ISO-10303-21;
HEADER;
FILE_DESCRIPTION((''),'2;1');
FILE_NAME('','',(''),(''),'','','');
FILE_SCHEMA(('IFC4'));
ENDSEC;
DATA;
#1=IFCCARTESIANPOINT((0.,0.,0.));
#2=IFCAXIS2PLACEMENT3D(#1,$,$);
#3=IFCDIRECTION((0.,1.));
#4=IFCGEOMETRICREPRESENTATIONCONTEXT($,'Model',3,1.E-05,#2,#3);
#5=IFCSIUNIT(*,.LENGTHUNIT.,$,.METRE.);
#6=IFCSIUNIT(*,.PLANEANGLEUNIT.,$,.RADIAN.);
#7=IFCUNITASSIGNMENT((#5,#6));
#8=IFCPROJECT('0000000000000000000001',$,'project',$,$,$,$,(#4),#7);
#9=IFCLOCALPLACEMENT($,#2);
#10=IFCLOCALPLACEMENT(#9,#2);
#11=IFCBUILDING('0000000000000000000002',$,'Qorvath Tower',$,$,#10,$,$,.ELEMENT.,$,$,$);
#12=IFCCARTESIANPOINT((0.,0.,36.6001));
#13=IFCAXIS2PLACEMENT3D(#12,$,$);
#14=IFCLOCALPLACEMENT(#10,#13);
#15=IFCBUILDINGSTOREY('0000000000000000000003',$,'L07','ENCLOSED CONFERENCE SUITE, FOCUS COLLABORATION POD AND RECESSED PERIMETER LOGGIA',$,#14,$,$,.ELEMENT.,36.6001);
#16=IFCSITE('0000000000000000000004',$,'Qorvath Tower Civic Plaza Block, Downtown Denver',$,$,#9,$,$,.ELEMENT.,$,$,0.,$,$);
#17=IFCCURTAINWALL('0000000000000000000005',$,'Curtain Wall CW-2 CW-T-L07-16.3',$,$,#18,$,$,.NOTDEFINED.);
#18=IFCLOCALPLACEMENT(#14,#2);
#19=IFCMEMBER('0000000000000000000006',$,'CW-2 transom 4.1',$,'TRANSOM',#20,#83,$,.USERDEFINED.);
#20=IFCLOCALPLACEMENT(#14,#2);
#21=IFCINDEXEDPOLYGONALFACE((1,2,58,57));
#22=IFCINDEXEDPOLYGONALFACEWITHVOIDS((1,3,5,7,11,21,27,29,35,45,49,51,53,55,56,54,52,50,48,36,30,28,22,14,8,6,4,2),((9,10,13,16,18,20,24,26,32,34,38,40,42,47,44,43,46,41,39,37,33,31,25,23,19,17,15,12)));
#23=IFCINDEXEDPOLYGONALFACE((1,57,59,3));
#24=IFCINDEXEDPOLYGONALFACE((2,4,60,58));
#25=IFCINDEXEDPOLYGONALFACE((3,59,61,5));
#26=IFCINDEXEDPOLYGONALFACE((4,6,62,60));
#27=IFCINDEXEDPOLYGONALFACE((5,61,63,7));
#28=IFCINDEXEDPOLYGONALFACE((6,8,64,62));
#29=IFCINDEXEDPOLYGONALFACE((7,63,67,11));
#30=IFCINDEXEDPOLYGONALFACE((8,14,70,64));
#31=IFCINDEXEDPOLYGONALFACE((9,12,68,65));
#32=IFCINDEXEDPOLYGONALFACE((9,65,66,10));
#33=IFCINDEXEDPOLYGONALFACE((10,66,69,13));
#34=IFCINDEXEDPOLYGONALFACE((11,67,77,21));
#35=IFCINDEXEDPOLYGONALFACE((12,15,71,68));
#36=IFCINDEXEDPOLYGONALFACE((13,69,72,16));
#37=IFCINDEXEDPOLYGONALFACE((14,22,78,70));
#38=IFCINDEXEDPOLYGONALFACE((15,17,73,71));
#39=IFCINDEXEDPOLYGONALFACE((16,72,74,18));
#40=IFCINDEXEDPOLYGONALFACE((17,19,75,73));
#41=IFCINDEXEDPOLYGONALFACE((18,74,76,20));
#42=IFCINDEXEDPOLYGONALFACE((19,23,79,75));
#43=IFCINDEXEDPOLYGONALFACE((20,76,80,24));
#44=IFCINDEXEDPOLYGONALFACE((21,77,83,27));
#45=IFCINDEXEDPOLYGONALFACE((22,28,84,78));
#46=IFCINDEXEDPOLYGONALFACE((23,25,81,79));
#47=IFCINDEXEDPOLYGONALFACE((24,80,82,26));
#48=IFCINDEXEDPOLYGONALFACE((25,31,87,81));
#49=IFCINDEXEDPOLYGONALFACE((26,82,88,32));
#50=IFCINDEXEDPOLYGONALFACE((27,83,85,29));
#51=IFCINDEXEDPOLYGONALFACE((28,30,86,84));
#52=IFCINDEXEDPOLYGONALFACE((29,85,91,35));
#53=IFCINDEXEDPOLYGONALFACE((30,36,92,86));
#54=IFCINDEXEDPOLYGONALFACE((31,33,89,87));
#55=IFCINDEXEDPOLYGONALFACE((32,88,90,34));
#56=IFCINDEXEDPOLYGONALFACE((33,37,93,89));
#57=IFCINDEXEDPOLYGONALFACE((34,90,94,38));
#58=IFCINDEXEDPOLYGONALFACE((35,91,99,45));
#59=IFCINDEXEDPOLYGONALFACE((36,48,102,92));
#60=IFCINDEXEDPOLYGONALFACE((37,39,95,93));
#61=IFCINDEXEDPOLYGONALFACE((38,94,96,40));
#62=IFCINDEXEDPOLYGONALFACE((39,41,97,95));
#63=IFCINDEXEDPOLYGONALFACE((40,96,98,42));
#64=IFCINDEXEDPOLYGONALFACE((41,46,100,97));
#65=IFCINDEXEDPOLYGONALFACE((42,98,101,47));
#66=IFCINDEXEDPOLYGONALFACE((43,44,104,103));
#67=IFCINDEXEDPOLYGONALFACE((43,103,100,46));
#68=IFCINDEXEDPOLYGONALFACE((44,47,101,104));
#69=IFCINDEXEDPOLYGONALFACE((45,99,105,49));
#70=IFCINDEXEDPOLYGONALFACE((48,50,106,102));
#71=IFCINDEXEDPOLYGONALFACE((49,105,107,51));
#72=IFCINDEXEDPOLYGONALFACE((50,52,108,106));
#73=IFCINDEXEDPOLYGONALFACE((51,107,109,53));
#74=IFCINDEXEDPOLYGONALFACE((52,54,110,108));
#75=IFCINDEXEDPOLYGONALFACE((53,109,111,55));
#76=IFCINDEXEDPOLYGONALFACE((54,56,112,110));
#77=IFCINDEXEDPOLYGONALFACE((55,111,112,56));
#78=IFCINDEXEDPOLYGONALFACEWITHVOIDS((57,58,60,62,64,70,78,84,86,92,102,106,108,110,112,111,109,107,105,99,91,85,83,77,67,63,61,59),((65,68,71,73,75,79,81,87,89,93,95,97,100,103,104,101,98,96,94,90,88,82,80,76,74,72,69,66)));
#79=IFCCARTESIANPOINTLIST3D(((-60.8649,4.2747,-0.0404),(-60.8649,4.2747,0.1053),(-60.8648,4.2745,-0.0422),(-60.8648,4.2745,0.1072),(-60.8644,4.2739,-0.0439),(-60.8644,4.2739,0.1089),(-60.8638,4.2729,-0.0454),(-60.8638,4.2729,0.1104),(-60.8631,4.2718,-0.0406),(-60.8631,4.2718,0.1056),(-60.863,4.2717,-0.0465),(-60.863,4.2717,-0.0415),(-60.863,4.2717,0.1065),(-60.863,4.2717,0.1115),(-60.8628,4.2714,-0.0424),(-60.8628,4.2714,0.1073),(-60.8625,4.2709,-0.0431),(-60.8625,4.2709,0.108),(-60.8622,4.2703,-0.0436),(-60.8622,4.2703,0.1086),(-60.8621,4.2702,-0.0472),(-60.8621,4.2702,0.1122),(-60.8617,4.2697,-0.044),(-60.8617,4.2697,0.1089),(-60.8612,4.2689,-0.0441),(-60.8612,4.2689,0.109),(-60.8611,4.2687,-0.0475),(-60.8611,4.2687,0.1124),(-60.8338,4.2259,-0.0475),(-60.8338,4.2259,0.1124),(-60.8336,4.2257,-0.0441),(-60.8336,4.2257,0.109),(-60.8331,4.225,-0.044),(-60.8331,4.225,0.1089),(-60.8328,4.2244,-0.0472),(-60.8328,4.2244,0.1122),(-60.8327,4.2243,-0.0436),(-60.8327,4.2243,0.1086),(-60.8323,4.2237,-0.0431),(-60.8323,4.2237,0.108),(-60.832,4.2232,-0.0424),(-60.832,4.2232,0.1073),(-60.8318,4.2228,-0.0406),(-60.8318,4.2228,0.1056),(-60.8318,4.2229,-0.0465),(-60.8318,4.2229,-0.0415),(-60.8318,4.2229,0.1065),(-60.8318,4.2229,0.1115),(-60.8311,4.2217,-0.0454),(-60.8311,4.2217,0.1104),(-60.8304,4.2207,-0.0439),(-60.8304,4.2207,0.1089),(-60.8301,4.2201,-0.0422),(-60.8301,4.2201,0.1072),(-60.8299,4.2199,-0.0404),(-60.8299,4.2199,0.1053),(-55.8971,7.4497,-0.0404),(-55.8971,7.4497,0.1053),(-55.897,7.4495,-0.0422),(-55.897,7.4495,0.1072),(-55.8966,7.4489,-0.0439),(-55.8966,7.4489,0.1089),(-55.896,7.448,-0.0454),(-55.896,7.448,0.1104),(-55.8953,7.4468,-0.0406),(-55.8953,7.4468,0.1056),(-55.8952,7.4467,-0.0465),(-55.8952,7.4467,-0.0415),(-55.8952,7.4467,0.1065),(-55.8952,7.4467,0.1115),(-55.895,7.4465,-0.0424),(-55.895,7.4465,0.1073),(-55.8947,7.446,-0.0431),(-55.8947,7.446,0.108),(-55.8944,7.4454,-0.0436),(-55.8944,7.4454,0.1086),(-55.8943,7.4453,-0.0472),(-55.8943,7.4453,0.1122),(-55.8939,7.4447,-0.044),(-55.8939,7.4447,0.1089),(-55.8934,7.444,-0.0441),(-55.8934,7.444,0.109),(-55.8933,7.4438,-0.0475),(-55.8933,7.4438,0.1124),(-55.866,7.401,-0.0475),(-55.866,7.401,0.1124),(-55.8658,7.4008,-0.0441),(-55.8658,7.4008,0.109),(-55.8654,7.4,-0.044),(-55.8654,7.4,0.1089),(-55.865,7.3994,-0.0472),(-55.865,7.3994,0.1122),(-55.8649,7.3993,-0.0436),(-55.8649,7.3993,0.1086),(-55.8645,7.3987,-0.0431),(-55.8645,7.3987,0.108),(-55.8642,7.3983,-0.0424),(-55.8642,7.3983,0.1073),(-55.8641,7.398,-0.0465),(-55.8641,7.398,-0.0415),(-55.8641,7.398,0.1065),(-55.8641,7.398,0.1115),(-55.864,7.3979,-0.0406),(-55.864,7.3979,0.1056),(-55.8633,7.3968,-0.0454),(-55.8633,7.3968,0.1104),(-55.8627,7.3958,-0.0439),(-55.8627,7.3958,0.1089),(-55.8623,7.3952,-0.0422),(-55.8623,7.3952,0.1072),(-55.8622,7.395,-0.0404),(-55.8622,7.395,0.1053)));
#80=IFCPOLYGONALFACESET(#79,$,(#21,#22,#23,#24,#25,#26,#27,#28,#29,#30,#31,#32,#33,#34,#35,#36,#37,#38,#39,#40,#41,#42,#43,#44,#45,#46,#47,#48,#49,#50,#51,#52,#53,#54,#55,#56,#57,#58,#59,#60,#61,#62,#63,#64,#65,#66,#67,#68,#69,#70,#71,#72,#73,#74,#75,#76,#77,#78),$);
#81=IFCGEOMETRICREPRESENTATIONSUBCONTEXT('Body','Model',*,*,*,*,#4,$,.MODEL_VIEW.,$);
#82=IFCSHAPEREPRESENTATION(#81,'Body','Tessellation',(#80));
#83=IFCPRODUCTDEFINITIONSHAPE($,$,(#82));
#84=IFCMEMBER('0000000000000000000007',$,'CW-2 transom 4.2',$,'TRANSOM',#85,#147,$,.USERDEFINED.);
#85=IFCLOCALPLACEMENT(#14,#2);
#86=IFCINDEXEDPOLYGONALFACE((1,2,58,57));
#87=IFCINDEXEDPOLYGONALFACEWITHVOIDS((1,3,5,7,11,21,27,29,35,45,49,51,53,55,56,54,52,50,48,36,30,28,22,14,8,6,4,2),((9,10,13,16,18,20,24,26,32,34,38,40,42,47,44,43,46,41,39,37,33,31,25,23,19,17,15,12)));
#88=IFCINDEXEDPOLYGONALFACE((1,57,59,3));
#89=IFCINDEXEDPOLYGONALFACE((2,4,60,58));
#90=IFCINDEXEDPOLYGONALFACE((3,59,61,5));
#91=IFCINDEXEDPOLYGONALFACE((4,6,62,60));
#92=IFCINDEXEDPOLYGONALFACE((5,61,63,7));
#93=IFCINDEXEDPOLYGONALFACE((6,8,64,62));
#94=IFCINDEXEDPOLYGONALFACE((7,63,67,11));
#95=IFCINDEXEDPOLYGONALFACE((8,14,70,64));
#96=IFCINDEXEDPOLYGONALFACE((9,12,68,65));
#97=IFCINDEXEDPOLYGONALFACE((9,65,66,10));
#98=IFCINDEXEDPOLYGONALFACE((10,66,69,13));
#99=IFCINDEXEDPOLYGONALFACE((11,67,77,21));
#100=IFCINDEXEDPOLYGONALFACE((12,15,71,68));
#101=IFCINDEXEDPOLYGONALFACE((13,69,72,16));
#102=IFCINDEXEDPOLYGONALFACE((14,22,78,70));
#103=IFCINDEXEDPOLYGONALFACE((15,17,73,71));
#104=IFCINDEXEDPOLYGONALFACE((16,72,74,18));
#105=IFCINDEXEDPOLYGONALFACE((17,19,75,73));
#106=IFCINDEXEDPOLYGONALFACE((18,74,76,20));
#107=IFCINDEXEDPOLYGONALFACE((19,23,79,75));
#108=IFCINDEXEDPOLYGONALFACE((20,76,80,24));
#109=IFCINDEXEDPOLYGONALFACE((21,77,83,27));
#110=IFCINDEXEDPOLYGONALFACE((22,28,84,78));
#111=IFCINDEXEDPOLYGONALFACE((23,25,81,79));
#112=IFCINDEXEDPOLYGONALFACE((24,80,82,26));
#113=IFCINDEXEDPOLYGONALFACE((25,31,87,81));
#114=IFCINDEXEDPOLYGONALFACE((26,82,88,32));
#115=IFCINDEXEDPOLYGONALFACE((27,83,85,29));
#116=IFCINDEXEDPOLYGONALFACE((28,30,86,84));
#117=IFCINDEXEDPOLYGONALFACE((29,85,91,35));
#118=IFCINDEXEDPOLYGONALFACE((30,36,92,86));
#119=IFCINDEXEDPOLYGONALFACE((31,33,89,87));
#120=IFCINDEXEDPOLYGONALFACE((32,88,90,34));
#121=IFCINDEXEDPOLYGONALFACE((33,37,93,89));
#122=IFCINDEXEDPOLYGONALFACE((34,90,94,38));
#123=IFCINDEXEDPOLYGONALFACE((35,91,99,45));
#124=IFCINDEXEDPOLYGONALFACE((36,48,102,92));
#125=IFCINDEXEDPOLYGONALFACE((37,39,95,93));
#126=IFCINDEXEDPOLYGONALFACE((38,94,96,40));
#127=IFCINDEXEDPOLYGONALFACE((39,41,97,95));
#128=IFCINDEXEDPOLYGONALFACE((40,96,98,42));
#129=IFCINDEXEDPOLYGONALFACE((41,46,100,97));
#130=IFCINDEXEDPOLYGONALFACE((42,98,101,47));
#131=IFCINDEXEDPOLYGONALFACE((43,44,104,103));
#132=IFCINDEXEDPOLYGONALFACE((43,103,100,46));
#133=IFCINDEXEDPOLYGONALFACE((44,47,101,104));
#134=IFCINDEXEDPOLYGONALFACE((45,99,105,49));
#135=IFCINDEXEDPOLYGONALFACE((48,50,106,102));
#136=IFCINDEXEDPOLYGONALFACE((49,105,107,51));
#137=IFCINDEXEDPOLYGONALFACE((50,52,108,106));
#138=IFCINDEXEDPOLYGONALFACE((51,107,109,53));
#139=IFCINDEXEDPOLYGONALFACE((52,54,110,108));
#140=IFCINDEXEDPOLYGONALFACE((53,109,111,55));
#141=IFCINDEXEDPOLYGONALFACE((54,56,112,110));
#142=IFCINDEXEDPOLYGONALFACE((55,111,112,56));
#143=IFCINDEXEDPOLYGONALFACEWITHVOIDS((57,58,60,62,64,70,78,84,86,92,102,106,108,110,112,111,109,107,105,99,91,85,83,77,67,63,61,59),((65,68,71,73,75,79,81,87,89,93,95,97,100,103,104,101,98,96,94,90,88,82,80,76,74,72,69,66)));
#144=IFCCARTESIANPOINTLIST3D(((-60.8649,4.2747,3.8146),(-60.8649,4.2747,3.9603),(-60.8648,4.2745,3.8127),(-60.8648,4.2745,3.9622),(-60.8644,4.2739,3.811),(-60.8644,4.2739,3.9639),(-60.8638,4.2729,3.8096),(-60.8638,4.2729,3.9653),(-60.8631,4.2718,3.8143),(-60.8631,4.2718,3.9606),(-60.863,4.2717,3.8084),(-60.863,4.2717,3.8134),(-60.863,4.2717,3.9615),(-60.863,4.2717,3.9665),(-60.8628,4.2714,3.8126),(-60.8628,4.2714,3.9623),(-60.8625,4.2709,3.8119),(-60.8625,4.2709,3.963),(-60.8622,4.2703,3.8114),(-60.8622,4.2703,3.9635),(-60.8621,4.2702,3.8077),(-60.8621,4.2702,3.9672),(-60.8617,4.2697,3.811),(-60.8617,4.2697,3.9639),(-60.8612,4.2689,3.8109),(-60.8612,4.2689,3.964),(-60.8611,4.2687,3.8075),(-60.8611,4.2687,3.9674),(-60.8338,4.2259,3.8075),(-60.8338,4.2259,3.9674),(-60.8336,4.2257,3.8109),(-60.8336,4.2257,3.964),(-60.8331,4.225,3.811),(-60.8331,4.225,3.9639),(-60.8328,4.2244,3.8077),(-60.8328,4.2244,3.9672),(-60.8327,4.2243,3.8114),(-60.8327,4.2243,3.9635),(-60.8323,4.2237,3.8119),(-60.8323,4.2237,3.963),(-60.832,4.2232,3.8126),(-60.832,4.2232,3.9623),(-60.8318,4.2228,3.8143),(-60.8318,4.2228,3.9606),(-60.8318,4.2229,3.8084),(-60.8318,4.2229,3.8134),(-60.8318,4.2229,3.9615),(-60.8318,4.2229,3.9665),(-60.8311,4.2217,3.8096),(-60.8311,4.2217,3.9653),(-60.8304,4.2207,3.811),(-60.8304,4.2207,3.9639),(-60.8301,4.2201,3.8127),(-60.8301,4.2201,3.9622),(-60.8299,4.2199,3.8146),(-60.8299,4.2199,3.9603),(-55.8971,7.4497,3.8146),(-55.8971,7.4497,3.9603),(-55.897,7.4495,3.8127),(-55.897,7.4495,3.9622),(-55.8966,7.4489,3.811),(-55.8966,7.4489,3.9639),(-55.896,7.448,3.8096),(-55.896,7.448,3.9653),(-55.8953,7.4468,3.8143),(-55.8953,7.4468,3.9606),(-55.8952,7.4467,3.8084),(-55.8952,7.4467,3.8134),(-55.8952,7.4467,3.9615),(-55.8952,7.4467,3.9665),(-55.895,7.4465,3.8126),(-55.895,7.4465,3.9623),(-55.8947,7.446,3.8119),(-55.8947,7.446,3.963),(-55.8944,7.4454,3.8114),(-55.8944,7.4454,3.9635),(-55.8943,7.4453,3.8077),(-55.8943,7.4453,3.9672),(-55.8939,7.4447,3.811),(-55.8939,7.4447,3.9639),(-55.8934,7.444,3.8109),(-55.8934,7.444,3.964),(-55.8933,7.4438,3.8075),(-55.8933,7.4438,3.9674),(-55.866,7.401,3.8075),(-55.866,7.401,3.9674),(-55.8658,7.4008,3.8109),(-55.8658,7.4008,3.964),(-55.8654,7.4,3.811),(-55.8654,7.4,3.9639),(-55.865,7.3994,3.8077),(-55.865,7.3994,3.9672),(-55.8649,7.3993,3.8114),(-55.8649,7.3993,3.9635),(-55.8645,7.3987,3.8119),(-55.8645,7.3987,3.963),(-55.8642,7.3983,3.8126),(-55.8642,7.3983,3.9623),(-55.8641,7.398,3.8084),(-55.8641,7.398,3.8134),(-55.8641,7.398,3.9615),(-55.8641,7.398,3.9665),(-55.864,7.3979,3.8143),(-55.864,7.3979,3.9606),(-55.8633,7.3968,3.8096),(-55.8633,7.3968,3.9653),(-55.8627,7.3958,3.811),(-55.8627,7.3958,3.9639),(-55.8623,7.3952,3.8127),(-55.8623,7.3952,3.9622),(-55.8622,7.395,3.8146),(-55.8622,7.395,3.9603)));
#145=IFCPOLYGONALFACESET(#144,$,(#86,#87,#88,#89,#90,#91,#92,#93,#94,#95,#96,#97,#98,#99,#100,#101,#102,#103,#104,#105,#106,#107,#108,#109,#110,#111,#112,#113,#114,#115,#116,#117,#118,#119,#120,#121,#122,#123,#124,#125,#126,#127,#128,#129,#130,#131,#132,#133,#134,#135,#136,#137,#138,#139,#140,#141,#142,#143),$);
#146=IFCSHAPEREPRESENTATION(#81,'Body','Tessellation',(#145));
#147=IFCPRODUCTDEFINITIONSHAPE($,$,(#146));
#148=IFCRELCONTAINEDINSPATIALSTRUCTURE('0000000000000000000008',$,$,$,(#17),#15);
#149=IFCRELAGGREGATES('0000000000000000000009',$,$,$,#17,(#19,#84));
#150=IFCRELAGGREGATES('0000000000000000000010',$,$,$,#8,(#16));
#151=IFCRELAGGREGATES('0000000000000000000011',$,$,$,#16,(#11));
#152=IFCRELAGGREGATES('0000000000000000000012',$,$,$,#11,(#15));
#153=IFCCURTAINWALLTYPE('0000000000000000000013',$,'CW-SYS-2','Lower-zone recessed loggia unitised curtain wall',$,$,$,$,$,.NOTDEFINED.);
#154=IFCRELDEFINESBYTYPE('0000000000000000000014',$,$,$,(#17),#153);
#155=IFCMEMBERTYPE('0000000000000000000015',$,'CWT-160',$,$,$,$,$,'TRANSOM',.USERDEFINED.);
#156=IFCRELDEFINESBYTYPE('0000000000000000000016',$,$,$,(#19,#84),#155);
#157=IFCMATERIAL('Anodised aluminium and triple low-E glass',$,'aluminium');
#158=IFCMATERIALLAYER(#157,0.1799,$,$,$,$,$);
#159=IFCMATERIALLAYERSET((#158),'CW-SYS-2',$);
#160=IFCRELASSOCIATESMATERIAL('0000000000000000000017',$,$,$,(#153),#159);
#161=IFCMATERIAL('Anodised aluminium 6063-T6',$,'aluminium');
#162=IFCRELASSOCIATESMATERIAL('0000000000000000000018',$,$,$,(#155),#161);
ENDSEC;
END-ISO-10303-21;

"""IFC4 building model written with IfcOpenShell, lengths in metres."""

from ifc_helpers import new_model, si_unit, direction, frame, origin, origin_2d, place, context, subcontext, project, spatial, hollow_rectangle, extrude, material, layer, layer_set, material_profile, profile_set, type_object, element, aggregate, save


model = new_model("IFC4")

# Units and contexts
model_context = context("Model", 3, precision=1e-05, world=origin(), true_north=direction((0.0, 1.0)))
body_context = subcontext(model_context, "Body", "Model", "MODEL_VIEW")
ifc_project = project(units=[si_unit("LENGTHUNIT", "METRE"), si_unit("PLANEANGLEUNIT", "RADIAN")], contexts=[model_context])

# Site, building, storey
site_placement = place(None, origin())
site = spatial("IfcSite", under=ifc_project, at=site_placement, Name="Qorvath Tower Civic Plaza Block, Downtown Denver", CompositionType="ELEMENT", RefElevation=0.0)
building_placement = place(site_placement, origin())
building = spatial("IfcBuilding", under=site, at=building_placement, Name="Qorvath Tower", CompositionType="ELEMENT")
storey_placement = place(building_placement, frame((0.0, 0.0, 36.6001)))
storey = spatial("IfcBuildingStorey", under=building, at=storey_placement, Name="L07", Description="ENCLOSED CONFERENCE SUITE, FOCUS COLLABORATION POD AND RECESSED PERIMETER LOGGIA", CompositionType="ELEMENT", Elevation=36.6001)

# Curtain wall, members
ifc_material_1 = material(Name="Anodised aluminium and triple low-E glass", Category="aluminium")
ifc_layer_1 = layer(ifc_material_1, 0.1799)
ifc_layer_set_1 = layer_set([ifc_layer_1], Name="CW-SYS-2")
curtain_wall_type = type_object("IfcCurtainWallType", Name="CW-SYS-2", Description="Lower-zone recessed loggia unitised curtain wall", PredefinedType="NOTDEFINED", material=ifc_layer_set_1)
curtain_wall_placement = place(storey_placement, origin())
curtain_wall = element("IfcCurtainWall", 1, at=curtain_wall_placement, inside=storey, type_object=curtain_wall_type, Name="Curtain Wall CW-2 CW-T-L07-16.3", PredefinedType="NOTDEFINED")
ifc_material_2 = material(Name="Anodised aluminium 6063-T6", Category="aluminium")
ifc_material_profile_1 = material_profile(ifc_material_2, hollow_rectangle(XDim=0.0649, YDim=0.1599, WallThickness=0.0034, InnerFilletRadius=0.0034, OuterFilletRadius=0.0071, at=origin_2d()), Name="CWT 160x65")
ifc_profile_set_1 = profile_set([ifc_material_profile_1], Name="Anodised aluminium 6063-T6")
member_type_1 = type_object("IfcMemberType", Name="CWT-160", ElementType="TRANSOM", PredefinedType="USERDEFINED", material=ifc_profile_set_1)
member_1_placement = place(storey_placement, frame((-55.8796, 7.4224, 0.0325), z_axis=(-0.842604, -0.538533, 0.0), x_axis=(0.538533, -0.842604, 0.0)))
member_1 = element("IfcMember", 2, at=member_1_placement, type_object=member_type_1, Name="CW-2 transom 4.1", ObjectType="TRANSOM", PredefinedType="USERDEFINED", context=body_context, shape_type="SweptSolid", body=[
    extrude(hollow_rectangle(XDim=0.0649, YDim=0.1599, WallThickness=0.0034, InnerFilletRadius=0.0034, OuterFilletRadius=0.0071, at=origin_2d()), origin(), (0.0, 0.0, 1.0), 5.8958),
])
member_2_placement = place(storey_placement, frame((-55.8796, 7.4224, 3.8875), z_axis=(-0.842604, -0.538533, 0.0), x_axis=(0.538533, -0.842604, 0.0)))
member_2 = element("IfcMember", 3, at=member_2_placement, type_object=member_type_1, Name="CW-2 transom 4.2", ObjectType="TRANSOM", PredefinedType="USERDEFINED", context=body_context, shape_type="SweptSolid", body=[
    extrude(hollow_rectangle(XDim=0.0649, YDim=0.1599, WallThickness=0.0034, InnerFilletRadius=0.0034, OuterFilletRadius=0.0071, at=origin_2d()), origin(), (0.0, 0.0, 1.0), 5.8958),
])

aggregate(curtain_wall, [member_1, member_2])

save(model, "model.ifc")
